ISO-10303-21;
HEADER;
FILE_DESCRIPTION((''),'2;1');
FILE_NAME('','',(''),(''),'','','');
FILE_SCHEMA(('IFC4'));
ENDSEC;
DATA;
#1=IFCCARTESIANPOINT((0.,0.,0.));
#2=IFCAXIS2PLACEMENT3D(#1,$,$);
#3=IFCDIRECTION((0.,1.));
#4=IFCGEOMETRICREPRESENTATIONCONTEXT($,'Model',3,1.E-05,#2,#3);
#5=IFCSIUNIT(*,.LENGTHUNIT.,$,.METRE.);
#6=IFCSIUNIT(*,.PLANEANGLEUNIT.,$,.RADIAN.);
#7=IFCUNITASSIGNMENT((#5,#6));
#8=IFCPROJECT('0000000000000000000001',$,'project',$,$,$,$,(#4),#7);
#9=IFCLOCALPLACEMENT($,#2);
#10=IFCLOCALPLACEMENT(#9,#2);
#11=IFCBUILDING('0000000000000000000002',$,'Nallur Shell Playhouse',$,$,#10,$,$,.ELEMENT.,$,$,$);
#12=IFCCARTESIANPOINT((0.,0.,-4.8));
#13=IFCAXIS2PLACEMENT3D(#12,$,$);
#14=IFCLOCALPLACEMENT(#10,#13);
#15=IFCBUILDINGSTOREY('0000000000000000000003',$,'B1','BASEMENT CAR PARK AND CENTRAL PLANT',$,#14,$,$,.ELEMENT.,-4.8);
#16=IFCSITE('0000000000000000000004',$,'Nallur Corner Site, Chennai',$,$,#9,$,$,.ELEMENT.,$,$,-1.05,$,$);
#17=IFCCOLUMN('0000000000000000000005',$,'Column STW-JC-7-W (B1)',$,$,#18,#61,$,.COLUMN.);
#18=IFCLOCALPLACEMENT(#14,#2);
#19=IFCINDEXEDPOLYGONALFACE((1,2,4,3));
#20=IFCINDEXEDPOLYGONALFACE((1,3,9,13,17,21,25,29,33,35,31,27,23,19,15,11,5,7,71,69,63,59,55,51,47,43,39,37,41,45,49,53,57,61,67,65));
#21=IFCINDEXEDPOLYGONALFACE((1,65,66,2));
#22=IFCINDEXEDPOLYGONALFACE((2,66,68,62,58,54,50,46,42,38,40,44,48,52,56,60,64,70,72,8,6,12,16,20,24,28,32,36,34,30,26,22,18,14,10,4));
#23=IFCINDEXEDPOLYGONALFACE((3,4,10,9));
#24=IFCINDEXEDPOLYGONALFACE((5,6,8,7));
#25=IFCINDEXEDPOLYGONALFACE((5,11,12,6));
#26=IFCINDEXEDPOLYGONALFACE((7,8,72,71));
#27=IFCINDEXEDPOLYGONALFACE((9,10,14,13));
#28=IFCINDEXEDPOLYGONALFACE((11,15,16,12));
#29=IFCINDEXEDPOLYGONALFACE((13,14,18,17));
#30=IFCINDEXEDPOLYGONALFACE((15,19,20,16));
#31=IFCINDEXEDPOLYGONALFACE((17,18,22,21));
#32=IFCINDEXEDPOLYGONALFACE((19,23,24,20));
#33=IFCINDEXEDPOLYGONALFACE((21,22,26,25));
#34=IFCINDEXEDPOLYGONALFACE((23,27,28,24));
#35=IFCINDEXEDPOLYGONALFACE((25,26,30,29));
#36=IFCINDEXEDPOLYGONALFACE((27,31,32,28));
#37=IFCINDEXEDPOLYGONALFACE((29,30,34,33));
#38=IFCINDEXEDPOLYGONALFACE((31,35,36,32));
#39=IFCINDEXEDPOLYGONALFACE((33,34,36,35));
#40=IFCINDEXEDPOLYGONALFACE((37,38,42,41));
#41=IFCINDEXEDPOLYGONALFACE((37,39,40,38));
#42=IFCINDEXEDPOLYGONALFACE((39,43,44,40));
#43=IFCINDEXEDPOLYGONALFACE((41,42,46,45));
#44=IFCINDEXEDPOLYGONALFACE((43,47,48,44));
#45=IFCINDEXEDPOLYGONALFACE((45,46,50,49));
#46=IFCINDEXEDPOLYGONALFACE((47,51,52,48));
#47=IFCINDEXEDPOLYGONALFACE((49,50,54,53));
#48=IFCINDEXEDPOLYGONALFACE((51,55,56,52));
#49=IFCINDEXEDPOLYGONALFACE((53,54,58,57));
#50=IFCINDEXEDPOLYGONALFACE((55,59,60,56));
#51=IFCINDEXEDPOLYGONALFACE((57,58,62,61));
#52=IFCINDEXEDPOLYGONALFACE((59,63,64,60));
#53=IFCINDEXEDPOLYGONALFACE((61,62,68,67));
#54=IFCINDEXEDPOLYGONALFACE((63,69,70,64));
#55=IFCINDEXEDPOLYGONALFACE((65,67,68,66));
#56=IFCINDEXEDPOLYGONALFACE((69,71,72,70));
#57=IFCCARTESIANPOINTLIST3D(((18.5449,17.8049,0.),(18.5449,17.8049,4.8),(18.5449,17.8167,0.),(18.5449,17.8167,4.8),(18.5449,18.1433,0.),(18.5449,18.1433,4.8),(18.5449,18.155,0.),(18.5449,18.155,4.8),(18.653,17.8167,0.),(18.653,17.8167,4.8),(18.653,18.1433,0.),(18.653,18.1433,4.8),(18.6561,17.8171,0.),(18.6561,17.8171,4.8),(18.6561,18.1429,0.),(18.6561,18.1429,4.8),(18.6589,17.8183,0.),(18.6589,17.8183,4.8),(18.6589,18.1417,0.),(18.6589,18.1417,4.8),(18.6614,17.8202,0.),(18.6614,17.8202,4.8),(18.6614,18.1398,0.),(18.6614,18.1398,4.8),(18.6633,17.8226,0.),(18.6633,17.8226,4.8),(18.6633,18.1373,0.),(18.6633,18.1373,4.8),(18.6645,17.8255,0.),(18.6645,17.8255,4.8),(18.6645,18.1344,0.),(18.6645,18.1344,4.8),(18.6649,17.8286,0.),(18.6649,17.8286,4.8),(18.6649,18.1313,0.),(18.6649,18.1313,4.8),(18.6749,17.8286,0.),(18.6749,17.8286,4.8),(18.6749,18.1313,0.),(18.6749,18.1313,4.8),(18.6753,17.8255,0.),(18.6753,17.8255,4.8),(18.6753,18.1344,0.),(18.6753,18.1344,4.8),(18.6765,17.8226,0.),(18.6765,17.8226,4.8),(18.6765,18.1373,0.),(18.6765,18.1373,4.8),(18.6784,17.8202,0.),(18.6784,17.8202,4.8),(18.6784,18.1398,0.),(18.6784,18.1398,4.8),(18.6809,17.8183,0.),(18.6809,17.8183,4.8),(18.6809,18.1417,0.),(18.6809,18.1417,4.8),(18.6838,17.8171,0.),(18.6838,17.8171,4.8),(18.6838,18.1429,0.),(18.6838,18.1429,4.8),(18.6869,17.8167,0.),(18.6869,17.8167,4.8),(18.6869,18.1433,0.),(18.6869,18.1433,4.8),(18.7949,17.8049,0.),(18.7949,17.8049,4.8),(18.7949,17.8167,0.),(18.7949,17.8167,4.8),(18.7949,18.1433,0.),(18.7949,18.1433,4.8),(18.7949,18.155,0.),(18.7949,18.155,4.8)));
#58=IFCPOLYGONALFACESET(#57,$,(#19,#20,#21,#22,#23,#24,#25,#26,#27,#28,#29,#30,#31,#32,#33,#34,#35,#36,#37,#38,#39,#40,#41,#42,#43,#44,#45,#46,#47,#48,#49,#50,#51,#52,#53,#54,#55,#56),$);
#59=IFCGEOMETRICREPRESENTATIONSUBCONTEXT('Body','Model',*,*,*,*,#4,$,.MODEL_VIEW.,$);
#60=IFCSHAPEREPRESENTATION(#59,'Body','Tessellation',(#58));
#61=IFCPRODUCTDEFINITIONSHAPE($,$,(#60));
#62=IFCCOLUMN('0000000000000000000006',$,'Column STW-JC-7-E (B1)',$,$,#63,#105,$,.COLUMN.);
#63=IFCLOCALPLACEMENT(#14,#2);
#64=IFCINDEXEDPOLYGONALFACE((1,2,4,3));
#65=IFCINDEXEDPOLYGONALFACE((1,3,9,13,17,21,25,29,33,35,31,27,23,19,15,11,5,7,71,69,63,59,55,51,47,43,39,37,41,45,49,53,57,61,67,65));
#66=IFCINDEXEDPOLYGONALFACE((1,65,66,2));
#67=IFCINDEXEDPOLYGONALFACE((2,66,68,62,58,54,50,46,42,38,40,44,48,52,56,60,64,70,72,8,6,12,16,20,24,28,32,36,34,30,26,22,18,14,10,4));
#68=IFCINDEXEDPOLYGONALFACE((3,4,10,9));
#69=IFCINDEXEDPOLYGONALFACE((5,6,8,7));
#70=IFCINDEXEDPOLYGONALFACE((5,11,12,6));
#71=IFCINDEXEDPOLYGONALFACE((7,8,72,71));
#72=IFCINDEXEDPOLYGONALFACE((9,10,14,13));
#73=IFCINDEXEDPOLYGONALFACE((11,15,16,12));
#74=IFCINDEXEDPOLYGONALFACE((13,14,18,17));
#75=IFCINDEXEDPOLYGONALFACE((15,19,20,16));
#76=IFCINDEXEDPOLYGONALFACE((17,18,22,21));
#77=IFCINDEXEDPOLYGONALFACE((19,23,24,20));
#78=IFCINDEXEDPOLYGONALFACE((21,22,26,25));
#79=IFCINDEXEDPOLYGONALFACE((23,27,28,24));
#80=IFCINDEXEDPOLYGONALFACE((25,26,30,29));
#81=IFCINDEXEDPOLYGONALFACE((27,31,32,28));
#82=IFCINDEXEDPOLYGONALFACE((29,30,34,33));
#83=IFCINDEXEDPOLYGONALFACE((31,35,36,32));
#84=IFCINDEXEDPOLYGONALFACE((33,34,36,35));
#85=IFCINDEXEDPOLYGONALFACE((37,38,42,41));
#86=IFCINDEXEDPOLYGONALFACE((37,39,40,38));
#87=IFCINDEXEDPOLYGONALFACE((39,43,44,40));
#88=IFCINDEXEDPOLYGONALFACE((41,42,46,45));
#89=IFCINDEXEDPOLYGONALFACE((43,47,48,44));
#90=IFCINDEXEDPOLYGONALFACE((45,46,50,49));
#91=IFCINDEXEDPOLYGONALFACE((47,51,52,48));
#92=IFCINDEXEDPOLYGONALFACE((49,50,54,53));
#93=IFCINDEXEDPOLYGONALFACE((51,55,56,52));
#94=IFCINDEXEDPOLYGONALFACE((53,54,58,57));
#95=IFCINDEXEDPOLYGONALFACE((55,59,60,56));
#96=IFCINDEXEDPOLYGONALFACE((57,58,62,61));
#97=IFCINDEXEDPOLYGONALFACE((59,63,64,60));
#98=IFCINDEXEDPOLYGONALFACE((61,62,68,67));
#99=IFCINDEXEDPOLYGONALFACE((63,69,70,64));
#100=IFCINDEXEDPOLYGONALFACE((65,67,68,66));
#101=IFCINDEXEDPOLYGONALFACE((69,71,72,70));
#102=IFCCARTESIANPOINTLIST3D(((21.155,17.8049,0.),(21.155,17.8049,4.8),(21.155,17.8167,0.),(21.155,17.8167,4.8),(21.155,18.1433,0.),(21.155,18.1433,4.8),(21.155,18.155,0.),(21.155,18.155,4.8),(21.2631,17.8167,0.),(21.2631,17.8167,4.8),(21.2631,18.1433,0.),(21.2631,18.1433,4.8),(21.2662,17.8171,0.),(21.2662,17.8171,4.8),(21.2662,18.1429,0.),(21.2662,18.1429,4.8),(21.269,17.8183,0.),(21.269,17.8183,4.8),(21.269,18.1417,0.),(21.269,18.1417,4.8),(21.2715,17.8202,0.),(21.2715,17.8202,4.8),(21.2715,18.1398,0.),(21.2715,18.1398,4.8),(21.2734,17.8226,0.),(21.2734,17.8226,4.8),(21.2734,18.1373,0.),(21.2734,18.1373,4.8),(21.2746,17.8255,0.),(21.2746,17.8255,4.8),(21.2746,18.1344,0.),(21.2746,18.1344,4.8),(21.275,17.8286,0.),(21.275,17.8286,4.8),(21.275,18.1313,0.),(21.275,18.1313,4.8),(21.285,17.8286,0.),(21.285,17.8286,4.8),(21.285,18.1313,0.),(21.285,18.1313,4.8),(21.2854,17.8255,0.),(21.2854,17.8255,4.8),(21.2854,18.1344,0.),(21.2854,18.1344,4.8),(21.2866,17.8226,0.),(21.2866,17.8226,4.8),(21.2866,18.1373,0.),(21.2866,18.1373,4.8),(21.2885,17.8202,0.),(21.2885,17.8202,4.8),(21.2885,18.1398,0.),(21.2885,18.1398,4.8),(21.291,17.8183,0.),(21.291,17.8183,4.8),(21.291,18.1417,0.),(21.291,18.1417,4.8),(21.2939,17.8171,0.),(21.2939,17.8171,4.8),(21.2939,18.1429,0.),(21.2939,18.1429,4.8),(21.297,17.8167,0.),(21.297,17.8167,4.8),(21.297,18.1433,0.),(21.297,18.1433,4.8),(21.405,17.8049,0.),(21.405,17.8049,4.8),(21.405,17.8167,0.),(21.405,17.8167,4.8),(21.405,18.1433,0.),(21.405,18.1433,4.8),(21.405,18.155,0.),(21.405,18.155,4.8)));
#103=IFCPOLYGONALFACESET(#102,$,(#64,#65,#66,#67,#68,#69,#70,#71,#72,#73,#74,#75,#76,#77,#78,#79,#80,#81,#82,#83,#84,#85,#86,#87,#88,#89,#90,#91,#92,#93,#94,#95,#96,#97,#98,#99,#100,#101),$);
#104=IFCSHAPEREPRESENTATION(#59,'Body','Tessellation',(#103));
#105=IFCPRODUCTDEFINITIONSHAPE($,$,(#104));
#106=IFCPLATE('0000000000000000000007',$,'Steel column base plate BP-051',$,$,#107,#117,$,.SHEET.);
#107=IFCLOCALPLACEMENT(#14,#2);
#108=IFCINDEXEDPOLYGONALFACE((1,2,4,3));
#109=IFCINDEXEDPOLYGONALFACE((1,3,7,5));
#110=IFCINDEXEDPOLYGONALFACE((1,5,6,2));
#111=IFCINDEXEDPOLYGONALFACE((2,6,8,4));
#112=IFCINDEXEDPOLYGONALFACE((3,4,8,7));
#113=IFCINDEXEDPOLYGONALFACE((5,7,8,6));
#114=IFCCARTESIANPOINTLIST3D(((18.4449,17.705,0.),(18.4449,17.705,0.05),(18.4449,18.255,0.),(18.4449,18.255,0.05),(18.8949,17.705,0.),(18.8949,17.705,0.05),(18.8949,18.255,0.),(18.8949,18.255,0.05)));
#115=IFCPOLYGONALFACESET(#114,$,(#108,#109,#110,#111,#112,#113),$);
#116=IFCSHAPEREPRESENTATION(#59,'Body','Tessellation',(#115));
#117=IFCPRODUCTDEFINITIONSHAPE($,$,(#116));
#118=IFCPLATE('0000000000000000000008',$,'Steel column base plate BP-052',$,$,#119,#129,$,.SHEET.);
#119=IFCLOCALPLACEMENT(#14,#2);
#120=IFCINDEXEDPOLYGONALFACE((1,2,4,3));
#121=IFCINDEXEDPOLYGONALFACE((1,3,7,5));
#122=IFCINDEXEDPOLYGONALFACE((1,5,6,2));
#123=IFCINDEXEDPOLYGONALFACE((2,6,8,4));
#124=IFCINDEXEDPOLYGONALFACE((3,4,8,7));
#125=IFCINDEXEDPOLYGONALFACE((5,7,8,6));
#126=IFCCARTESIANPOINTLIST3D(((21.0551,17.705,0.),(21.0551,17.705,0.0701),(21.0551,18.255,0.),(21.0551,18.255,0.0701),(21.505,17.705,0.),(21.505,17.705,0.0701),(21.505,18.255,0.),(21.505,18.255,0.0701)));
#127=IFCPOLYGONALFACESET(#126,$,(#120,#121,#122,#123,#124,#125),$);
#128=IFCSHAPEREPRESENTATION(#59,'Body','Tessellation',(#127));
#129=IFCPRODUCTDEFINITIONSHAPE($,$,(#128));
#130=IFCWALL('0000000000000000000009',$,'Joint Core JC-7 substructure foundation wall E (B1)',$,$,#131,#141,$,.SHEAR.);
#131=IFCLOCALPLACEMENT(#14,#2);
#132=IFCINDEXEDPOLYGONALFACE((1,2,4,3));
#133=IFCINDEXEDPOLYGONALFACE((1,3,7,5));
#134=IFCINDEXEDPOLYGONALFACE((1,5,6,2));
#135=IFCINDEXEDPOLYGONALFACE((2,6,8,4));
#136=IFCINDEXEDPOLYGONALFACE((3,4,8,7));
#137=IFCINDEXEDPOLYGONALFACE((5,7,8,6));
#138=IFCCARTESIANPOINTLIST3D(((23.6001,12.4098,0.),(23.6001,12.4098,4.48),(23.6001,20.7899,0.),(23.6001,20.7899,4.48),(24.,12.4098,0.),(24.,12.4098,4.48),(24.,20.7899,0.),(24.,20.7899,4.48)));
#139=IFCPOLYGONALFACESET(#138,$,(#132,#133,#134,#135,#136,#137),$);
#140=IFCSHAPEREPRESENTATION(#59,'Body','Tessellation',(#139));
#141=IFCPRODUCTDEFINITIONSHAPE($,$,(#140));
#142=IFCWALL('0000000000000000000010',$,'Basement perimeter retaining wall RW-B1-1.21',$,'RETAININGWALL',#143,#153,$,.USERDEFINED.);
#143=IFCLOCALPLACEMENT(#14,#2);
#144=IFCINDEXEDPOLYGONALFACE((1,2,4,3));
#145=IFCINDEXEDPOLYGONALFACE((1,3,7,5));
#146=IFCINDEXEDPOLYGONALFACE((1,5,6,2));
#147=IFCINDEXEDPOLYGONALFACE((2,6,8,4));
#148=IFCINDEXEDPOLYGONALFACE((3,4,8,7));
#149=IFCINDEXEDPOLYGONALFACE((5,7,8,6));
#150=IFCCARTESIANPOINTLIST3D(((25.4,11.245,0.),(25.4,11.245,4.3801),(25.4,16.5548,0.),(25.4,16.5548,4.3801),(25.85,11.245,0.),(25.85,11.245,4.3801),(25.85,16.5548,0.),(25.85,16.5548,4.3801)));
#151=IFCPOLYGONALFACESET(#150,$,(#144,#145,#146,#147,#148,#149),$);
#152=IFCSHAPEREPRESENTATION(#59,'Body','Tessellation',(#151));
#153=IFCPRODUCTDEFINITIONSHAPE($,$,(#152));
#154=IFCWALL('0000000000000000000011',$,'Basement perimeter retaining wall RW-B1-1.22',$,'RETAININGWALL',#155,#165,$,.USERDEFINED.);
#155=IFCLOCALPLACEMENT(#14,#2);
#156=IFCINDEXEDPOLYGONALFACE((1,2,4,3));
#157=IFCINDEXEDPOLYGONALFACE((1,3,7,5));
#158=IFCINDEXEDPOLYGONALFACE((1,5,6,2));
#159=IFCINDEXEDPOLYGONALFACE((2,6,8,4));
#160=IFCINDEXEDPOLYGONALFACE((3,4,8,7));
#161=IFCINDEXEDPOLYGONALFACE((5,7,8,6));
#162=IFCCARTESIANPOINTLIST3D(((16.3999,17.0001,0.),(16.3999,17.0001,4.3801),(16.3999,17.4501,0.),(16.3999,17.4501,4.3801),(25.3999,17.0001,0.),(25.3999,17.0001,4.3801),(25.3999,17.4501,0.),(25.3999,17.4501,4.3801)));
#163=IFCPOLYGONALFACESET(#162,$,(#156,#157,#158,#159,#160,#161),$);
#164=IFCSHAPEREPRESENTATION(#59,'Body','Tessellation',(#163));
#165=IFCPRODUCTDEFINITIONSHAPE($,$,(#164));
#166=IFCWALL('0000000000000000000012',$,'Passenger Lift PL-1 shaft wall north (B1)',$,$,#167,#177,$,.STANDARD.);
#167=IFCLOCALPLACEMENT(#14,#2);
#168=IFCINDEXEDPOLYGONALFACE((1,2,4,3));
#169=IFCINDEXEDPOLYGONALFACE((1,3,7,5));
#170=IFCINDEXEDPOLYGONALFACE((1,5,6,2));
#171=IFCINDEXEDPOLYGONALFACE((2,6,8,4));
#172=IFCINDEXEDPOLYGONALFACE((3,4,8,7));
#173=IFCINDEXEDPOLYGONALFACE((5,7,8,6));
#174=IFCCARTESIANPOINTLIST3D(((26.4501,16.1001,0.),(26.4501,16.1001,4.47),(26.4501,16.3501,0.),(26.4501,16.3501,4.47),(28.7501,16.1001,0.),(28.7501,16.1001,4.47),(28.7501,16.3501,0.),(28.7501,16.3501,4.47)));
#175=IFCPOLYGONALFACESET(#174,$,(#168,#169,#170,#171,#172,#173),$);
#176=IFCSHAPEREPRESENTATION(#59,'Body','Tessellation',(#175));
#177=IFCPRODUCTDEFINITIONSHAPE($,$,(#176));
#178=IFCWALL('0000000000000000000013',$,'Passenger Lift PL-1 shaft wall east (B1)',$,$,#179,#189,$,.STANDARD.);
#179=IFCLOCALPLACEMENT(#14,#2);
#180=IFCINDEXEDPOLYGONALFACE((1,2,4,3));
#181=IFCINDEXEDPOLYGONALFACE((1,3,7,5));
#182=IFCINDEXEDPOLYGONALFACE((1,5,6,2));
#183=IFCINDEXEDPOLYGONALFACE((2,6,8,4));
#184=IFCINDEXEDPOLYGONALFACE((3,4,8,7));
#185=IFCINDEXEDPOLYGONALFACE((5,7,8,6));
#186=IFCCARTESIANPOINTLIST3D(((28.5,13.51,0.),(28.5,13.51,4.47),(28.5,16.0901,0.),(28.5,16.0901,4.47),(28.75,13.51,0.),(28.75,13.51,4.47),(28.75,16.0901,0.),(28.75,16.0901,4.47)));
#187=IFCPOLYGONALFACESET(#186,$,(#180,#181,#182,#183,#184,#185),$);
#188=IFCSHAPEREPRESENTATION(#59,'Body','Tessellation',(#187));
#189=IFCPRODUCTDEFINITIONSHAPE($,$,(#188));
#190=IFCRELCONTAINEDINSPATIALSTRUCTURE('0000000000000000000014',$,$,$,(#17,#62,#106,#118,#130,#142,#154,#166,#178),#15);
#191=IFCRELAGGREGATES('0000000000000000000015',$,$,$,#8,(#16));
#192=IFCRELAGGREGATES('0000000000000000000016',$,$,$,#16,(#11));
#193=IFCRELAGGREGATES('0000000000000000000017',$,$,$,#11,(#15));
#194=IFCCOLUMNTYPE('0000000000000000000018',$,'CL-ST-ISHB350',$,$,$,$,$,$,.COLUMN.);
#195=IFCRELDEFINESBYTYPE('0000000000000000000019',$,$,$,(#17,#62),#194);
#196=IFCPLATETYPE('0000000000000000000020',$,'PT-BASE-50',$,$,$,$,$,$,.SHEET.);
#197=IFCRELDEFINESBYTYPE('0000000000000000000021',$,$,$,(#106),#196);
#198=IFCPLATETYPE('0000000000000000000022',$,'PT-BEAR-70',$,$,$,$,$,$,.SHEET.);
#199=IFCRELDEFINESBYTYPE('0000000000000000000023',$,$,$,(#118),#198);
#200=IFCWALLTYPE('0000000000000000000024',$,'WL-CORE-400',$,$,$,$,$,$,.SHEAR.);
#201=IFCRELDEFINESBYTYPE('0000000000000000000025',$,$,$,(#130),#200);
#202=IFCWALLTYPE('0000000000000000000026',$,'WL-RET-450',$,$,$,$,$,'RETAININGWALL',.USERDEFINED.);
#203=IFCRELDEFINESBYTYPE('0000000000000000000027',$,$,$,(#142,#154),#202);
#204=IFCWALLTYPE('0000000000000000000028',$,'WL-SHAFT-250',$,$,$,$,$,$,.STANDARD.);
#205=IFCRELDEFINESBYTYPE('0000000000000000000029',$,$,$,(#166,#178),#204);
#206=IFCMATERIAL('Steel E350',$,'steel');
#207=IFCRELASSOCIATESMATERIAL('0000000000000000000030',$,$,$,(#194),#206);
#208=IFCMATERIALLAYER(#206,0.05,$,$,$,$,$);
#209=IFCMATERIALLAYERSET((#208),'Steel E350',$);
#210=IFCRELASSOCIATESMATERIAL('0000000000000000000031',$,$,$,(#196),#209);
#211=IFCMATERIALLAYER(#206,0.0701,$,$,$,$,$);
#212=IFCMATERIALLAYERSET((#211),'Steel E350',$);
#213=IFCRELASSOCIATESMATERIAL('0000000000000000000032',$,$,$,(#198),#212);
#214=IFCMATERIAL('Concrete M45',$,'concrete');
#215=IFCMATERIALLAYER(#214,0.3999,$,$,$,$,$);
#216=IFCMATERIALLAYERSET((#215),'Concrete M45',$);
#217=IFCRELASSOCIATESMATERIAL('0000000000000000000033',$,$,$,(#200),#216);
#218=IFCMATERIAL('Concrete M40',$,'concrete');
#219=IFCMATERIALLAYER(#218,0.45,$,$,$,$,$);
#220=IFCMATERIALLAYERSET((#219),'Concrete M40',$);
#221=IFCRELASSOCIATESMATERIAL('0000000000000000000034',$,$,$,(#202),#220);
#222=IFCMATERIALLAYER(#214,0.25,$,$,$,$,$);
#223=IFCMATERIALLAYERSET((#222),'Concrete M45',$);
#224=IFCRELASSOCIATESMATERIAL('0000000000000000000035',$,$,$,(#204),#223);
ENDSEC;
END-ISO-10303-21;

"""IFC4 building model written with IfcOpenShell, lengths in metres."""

from ifc_helpers import new_model, si_unit, direction, frame, frame_2d, origin, origin_2d, place, context, subcontext, project, spatial, rectangle, i_section, extrude, material, layer, layer_set, material_profile, profile_set, type_object, element, save


model = new_model("IFC4")

# Units and contexts
model_context = context("Model", 3, precision=1e-05, world=origin(), true_north=direction((0.0, 1.0)))
body_context = subcontext(model_context, "Body", "Model", "MODEL_VIEW")
ifc_project = project(units=[si_unit("LENGTHUNIT", "METRE"), si_unit("PLANEANGLEUNIT", "RADIAN")], contexts=[model_context])

# Site, building, storey
site_placement = place(None, origin())
site = spatial("IfcSite", under=ifc_project, at=site_placement, Name="Nallur Corner Site, Chennai", CompositionType="ELEMENT", RefElevation=-1.05)
building_placement = place(site_placement, origin())
building = spatial("IfcBuilding", under=site, at=building_placement, Name="Nallur Shell Playhouse", CompositionType="ELEMENT")
storey_placement = place(building_placement, frame((0.0, 0.0, -4.8)))
storey = spatial("IfcBuildingStorey", under=building, at=storey_placement, Name="B1", Description="BASEMENT CAR PARK AND CENTRAL PLANT", CompositionType="ELEMENT", Elevation=-4.8)

# Columns
ifc_material_1 = material(Name="Concrete M40", Category="concrete")
ifc_material_2 = material(Name="Steel E350", Category="steel")
ifc_material_profile_1 = material_profile(ifc_material_2, i_section(OverallWidth=0.25, OverallDepth=0.3501, WebThickness=0.01, FlangeThickness=0.0117, FilletRadius=0.012, at=origin_2d()), Name="ISHB 350")
ifc_profile_set_1 = profile_set([ifc_material_profile_1], Name="Steel E350")
column_type_1 = type_object("IfcColumnType", Name="CL-ST-ISHB350", PredefinedType="COLUMN", material=ifc_profile_set_1)
for number, where, z_axis, x_axis, name in (
    (1, (18.6699, 17.98, 0.0), (0.0, 0.0, 1.0), (1.0, 0.0, 0.0), "Column STW-JC-7-W (B1)"),
    (2, (21.28, 17.98, 0.0), (0.0, 0.0, 1.0), (1.0, 0.0, 0.0), "Column STW-JC-7-E (B1)"),
):
    element("IfcColumn", number, at=place(storey_placement, frame(where, z_axis=z_axis, x_axis=x_axis)), inside=storey, type_object=column_type_1, Name=name, PredefinedType="COLUMN", context=body_context, shape_type="SweptSolid", body=[
        extrude(i_section(OverallWidth=0.25, OverallDepth=0.3501, WebThickness=0.01, FlangeThickness=0.0117, FilletRadius=0.012, at=origin_2d()), origin(), (0.0, 0.0, 1.0), 4.8),
    ])

# Plates
ifc_layer_1 = layer(ifc_material_2, 0.05)
ifc_layer_set_1 = layer_set([ifc_layer_1], Name="Steel E350")
plate_type_1 = type_object("IfcPlateType", Name="PT-BASE-50", PredefinedType="SHEET", material=ifc_layer_set_1)
plate_1_placement = place(storey_placement, frame((18.6699, 17.98, 0.0), z_axis=(0.0, 0.0, 1.0), x_axis=(1.0, 0.0, 0.0)))
element("IfcPlate", 3, at=plate_1_placement, inside=storey, type_object=plate_type_1, Name="Steel column base plate BP-051", PredefinedType="SHEET", context=body_context, shape_type="SweptSolid", body=[
    extrude(rectangle(XDim=0.45, YDim=0.55, at=origin_2d()), origin(), (0.0, 0.0, 1.0), 0.05),
])
ifc_layer_2 = layer(ifc_material_2, 0.0701)
ifc_layer_set_2 = layer_set([ifc_layer_2], Name="Steel E350")
plate_type_2 = type_object("IfcPlateType", Name="PT-BEAR-70", PredefinedType="SHEET", material=ifc_layer_set_2)
plate_2_placement = place(storey_placement, frame((21.28, 17.98, 0.0), z_axis=(0.0, 0.0, 1.0), x_axis=(1.0, 0.0, 0.0)))
element("IfcPlate", 4, at=plate_2_placement, inside=storey, type_object=plate_type_2, Name="Steel column base plate BP-052", PredefinedType="SHEET", context=body_context, shape_type="SweptSolid", body=[
    extrude(rectangle(XDim=0.45, YDim=0.55, at=origin_2d()), origin(), (0.0, 0.0, 1.0), 0.0701),
])

# Walls
ifc_material_3 = material(Name="Concrete M45", Category="concrete")
ifc_layer_3 = layer(ifc_material_3, 0.3999)
ifc_layer_set_3 = layer_set([ifc_layer_3], Name="Concrete M45")
wall_type_1 = type_object("IfcWallType", Name="WL-CORE-400", PredefinedType="SHEAR", material=ifc_layer_set_3)
wall_1_placement = place(storey_placement, frame((23.8, 12.4099, 0.0), z_axis=(0.0, 0.0, 1.0), x_axis=(0.0, 1.0, 0.0)))
element("IfcWall", 5, at=wall_1_placement, inside=storey, type_object=wall_type_1, Name="Joint Core JC-7 substructure foundation wall E (B1)", PredefinedType="SHEAR", context=body_context, shape_type="SweptSolid", body=[
    extrude(rectangle(XDim=8.3801, YDim=0.3999, at=frame_2d((4.1899, 0.0))), origin(), (0.0, 0.0, 1.0), 4.48),
])
ifc_layer_4 = layer(ifc_material_1, 0.45)
ifc_layer_set_4 = layer_set([ifc_layer_4], Name="Concrete M40")
wall_type_2 = type_object("IfcWallType", Name="WL-RET-450", ElementType="RETAININGWALL", PredefinedType="USERDEFINED", material=ifc_layer_set_4)
wall_2_placement = place(storey_placement, frame((25.625, 11.2451, 0.0), z_axis=(0.0, 0.0, 1.0), x_axis=(0.0, 1.0, 0.0)))
element("IfcWall", 6, at=wall_2_placement, inside=storey, type_object=wall_type_2, Name="Basement perimeter retaining wall RW-B1-1.21", ObjectType="RETAININGWALL", PredefinedType="USERDEFINED", context=body_context, shape_type="SweptSolid", body=[
    extrude(rectangle(XDim=5.3098, YDim=0.45, at=frame_2d((2.6548, 0.0))), origin(), (0.0, 0.0, 1.0), 4.3801),
])
wall_3_placement = place(storey_placement, frame((25.3999, 17.2251, 0.0), z_axis=(0.0, 0.0, 1.0), x_axis=(-1.0, 0.0, 0.0)))
element("IfcWall", 7, at=wall_3_placement, inside=storey, type_object=wall_type_2, Name="Basement perimeter retaining wall RW-B1-1.22", ObjectType="RETAININGWALL", PredefinedType="USERDEFINED", context=body_context, shape_type="SweptSolid", body=[
    extrude(rectangle(XDim=9.0, YDim=0.45, at=frame_2d((4.5, 0.0))), origin(), (0.0, 0.0, 1.0), 4.3801),
])

# Shared definitions
ifc_layer_5 = layer(ifc_material_3, 0.25)
ifc_layer_set_5 = layer_set([ifc_layer_5], Name="Concrete M45")
wall_type_3 = type_object("IfcWallType", Name="WL-SHAFT-250", PredefinedType="STANDARD", material=ifc_layer_set_5)

# Walls
wall_4_placement = place(storey_placement, frame((28.75, 16.2251, 0.0), z_axis=(0.0, 0.0, 1.0), x_axis=(-1.0, 0.0, 0.0)))
element("IfcWall", 8, at=wall_4_placement, inside=storey, type_object=wall_type_3, Name="Passenger Lift PL-1 shaft wall north (B1)", PredefinedType="STANDARD", context=body_context, shape_type="SweptSolid", body=[
    extrude(rectangle(XDim=2.3, YDim=0.25, at=frame_2d((1.1499, 0.0))), origin(), (0.0, 0.0, 1.0), 4.47),
])
for number, where, z_axis, x_axis, name in (
    (9, (28.625, 13.51, 0.0), (0.0, 0.0, 1.0), (0.0, 1.0, 0.0), "Passenger Lift PL-1 shaft wall east (B1)"),
):
    element("IfcWall", number, at=place(storey_placement, frame(where, z_axis=z_axis, x_axis=x_axis)), inside=storey, type_object=wall_type_3, Name=name, PredefinedType="STANDARD", context=body_context, shape_type="SweptSolid", body=[
        extrude(rectangle(XDim=2.5801, YDim=0.25, at=frame_2d((1.29, 0.0))), origin(), (0.0, 0.0, 1.0), 4.47),
    ])

save(model, "model.ifc")
